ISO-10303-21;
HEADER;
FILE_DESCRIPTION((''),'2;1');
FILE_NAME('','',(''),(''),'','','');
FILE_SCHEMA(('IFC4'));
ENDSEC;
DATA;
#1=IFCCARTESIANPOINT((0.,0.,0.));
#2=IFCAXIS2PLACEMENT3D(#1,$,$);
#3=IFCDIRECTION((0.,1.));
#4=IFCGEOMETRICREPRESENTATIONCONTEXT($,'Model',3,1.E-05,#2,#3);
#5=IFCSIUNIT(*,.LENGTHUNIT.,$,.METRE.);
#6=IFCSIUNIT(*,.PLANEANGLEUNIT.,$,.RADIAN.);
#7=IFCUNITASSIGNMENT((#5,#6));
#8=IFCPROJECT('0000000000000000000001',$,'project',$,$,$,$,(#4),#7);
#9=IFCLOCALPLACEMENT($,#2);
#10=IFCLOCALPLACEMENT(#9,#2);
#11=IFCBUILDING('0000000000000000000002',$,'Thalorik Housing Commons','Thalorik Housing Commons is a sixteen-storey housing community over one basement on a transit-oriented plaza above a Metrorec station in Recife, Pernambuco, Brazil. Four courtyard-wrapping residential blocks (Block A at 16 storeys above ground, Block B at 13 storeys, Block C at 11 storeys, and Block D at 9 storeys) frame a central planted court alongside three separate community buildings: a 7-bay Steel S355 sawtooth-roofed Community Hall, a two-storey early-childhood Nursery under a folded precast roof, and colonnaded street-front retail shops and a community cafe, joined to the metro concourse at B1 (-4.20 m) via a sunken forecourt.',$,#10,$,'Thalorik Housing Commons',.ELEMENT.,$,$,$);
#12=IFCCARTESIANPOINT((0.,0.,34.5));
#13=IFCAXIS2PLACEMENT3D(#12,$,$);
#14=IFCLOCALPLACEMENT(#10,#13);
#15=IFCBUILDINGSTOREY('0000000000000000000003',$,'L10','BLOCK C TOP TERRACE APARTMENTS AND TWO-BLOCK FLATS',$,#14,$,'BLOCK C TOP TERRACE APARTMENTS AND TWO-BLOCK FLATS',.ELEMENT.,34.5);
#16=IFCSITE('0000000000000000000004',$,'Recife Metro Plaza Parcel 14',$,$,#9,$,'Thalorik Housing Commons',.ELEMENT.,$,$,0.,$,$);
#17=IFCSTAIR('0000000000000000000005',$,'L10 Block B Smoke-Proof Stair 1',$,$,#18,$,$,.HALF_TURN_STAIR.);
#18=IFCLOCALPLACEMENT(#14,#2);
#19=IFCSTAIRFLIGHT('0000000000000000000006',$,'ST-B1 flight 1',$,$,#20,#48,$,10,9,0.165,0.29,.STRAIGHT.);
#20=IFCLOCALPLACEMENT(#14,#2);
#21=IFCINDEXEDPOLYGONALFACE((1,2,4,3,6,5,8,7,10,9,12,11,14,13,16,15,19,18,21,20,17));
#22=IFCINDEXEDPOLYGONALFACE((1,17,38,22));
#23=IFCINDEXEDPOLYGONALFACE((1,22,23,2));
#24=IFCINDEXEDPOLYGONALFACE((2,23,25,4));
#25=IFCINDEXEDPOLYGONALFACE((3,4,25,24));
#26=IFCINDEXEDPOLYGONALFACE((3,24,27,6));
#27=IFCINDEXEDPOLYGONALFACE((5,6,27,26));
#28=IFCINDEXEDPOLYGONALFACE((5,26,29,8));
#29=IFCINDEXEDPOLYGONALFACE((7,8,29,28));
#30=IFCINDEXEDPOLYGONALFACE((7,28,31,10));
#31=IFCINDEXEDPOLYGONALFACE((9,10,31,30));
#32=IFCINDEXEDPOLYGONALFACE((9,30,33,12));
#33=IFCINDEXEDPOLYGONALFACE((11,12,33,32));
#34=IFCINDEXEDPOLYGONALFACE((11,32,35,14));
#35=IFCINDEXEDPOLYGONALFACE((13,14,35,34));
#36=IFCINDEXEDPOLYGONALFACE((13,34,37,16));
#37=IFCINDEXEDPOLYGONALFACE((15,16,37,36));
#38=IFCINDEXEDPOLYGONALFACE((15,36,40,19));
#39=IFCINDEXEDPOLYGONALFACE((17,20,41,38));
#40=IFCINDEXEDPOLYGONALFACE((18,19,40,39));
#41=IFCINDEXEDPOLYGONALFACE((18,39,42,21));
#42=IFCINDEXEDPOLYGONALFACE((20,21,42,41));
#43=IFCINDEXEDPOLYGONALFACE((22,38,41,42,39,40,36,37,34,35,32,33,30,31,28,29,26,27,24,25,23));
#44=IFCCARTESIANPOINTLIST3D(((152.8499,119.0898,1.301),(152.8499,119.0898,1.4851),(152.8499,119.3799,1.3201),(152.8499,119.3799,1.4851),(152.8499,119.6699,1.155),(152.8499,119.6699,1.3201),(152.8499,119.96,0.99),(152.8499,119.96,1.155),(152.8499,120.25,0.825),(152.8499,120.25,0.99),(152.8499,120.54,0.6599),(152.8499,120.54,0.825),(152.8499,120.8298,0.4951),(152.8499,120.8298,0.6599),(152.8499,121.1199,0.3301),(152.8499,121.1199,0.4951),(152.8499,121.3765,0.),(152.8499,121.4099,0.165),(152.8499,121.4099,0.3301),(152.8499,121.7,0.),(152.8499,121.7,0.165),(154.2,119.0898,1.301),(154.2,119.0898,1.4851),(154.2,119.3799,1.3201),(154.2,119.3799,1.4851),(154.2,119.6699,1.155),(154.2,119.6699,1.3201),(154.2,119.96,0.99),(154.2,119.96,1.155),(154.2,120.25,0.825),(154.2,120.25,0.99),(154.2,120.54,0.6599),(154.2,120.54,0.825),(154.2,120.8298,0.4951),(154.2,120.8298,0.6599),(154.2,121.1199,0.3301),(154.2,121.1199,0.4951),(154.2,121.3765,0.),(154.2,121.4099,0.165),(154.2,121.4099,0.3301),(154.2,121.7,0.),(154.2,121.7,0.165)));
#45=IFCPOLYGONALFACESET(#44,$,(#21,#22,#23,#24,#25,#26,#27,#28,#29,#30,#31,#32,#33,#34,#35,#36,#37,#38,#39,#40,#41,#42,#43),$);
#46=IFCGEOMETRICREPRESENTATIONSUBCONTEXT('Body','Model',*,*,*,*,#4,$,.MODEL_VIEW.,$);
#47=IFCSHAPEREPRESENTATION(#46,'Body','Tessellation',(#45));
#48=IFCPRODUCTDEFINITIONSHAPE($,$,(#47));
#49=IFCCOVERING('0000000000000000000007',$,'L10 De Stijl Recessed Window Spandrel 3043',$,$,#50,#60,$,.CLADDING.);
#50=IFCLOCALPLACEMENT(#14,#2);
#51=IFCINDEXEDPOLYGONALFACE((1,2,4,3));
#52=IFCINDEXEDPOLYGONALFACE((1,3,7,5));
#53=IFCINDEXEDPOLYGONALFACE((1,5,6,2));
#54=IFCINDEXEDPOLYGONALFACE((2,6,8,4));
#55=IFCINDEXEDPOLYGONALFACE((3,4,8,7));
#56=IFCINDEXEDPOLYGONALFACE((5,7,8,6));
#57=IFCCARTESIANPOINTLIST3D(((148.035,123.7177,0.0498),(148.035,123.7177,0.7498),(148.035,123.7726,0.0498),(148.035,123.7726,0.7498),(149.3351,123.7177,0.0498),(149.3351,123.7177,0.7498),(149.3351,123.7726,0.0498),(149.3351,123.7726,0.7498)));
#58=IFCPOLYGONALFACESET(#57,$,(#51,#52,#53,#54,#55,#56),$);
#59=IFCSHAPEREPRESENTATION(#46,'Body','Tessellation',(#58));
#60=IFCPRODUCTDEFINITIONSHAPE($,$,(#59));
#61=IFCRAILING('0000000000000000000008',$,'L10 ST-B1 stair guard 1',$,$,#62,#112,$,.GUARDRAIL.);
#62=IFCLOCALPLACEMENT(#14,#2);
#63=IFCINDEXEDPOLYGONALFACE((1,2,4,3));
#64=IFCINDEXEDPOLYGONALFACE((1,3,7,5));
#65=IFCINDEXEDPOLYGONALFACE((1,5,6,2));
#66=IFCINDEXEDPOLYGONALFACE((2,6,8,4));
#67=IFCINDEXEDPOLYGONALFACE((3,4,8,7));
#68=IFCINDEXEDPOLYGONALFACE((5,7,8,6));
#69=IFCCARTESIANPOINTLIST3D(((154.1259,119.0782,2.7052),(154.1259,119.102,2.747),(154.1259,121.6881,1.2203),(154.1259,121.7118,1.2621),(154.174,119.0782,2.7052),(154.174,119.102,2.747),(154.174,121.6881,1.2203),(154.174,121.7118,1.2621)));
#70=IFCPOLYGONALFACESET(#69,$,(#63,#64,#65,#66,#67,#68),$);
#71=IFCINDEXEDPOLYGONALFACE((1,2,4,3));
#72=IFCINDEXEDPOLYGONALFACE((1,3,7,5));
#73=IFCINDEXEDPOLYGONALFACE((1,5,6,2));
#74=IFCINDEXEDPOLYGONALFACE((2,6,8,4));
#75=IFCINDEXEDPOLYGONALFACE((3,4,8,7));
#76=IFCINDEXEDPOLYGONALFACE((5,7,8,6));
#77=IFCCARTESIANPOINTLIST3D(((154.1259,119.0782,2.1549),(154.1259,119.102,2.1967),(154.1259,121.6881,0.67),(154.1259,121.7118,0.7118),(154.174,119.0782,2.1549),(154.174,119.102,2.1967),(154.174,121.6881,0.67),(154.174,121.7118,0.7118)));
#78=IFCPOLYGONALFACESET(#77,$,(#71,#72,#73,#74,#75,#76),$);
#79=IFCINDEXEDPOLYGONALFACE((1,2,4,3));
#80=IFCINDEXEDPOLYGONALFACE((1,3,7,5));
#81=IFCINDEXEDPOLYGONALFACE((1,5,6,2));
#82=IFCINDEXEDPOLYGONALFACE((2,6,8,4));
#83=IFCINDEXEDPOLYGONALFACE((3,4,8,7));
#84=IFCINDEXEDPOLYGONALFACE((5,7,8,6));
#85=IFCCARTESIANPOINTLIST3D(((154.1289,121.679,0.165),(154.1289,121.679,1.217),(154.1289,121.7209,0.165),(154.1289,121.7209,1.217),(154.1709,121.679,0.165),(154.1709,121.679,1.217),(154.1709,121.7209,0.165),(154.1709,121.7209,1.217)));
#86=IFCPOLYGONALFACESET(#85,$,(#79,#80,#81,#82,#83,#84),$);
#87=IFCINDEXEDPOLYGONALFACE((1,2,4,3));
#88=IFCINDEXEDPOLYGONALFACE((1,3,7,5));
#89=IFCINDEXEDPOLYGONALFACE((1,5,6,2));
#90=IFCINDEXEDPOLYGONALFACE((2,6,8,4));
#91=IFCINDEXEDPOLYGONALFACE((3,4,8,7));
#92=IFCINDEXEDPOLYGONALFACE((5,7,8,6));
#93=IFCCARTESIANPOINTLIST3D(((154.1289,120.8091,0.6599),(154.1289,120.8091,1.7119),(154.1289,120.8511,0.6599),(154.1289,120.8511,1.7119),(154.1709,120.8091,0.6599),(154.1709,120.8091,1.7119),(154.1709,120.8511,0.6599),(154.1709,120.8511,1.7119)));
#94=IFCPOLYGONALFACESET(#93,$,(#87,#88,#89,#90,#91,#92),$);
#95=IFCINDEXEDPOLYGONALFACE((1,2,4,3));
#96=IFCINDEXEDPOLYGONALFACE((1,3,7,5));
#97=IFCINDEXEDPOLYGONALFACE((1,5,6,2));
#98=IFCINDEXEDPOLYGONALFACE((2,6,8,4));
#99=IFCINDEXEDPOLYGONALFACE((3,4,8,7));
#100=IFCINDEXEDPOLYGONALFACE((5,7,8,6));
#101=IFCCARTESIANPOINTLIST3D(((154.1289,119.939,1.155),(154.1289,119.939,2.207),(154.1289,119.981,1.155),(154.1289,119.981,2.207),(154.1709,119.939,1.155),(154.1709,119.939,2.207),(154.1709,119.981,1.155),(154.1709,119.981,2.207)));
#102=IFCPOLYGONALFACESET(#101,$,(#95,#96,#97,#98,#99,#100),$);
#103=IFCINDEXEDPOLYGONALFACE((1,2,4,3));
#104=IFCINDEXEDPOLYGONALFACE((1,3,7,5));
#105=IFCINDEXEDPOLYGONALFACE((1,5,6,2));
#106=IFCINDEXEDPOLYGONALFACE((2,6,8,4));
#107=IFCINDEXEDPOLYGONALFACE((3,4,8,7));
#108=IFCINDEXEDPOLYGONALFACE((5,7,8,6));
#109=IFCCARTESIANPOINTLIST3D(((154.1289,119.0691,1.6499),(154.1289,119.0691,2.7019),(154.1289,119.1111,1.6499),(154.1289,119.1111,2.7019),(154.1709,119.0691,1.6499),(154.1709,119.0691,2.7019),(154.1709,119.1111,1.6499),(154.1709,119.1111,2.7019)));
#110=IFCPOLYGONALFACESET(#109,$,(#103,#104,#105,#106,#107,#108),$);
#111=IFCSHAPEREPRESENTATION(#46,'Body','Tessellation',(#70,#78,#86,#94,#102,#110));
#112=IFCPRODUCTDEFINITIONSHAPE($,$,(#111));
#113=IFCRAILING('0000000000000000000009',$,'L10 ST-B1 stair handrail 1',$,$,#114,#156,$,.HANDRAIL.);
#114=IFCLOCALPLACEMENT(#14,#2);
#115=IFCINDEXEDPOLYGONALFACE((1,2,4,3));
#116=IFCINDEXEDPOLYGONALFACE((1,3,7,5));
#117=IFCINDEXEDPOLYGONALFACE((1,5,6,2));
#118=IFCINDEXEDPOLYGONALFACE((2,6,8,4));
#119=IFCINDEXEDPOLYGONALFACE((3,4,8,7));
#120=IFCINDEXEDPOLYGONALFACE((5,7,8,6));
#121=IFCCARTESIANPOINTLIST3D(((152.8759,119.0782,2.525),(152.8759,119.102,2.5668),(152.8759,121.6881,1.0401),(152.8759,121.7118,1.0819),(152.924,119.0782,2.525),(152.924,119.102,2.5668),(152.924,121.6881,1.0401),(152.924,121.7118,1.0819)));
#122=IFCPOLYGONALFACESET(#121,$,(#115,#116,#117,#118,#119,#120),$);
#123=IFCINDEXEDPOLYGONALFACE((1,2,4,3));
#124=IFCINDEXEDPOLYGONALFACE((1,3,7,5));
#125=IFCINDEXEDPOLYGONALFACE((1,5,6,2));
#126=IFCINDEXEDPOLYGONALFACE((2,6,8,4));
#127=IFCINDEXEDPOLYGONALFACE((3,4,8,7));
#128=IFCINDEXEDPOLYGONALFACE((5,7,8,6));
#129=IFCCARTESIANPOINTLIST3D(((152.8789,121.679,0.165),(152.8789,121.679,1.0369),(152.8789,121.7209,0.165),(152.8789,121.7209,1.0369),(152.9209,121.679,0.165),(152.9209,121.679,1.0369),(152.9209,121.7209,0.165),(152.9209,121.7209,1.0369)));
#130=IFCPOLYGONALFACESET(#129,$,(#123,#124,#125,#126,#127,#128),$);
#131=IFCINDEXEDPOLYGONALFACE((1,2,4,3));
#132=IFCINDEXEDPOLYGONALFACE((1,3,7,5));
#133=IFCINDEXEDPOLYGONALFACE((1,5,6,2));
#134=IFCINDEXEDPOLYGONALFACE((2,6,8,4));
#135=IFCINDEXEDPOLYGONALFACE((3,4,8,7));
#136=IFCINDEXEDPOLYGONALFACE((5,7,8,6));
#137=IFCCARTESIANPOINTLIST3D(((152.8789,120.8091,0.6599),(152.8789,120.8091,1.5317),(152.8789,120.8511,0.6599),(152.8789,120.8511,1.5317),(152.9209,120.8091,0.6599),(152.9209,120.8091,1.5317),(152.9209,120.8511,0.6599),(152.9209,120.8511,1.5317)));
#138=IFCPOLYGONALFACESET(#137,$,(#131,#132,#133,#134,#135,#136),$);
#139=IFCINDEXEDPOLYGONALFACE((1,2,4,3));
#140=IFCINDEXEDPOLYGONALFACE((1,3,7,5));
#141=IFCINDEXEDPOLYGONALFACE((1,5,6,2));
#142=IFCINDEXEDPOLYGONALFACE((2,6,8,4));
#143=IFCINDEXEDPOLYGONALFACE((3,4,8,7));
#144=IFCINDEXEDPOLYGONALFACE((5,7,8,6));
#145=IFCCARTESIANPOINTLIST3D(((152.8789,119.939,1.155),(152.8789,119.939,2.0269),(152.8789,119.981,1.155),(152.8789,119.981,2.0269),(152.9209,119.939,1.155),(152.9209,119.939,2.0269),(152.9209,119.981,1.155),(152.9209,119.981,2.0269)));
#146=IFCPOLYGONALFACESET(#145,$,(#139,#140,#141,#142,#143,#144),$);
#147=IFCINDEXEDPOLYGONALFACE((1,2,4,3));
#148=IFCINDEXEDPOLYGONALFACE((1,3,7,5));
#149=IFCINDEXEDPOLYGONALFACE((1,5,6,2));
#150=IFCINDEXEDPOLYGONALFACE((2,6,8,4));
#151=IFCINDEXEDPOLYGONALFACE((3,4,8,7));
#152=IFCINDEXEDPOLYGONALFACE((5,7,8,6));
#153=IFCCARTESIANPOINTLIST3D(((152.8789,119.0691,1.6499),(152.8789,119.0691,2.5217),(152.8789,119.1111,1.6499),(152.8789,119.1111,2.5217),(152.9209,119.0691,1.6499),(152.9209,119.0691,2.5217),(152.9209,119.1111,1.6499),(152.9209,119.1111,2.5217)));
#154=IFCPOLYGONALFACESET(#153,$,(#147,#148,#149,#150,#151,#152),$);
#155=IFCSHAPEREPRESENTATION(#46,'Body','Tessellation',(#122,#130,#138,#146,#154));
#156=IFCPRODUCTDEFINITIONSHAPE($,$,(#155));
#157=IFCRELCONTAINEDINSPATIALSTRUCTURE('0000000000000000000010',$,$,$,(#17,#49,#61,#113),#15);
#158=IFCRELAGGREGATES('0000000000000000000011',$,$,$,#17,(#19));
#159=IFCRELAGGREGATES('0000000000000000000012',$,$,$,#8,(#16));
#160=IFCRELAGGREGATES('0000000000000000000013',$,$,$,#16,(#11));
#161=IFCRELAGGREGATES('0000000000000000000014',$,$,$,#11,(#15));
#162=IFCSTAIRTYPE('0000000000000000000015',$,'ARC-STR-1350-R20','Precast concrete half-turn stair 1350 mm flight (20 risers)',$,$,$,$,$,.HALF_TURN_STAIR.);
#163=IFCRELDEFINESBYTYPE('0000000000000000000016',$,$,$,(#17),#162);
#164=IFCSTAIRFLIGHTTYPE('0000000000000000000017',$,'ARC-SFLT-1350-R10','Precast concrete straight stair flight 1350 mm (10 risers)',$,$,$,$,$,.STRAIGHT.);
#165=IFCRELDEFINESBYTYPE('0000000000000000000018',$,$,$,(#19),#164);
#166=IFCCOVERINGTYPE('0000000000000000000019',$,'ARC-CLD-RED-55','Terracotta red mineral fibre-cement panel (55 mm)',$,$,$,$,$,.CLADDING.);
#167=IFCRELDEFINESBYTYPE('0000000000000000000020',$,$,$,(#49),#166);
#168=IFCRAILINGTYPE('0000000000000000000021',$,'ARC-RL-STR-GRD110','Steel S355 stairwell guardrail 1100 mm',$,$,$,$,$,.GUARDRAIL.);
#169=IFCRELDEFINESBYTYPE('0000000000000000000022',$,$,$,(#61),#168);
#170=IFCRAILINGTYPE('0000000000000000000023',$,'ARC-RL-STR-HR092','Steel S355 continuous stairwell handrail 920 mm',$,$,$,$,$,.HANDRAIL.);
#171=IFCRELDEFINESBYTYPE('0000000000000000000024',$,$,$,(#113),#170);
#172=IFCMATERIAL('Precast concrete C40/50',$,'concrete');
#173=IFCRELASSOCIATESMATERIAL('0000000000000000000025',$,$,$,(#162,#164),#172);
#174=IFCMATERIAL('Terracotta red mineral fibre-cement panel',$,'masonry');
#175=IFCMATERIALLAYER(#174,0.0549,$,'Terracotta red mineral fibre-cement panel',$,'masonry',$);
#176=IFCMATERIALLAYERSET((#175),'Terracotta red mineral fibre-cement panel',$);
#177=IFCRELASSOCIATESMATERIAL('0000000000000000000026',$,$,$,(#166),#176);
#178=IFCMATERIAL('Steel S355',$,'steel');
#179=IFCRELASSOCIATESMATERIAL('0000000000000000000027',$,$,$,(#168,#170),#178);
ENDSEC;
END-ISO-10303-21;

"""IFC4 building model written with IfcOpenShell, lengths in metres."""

from ifc_helpers import new_model, si_unit, direction, frame, origin, origin_2d, place, context, subcontext, project, spatial, polyline, rectangle, outline, extrude, material, layer, layer_set, type_object, element, aggregate, save


model = new_model("IFC4")

# Units and contexts
model_context = context("Model", 3, precision=1e-05, world=origin(), true_north=direction((0.0, 1.0)))
body_context = subcontext(model_context, "Body", "Model", "MODEL_VIEW")
ifc_project = project(units=[si_unit("LENGTHUNIT", "METRE"), si_unit("PLANEANGLEUNIT", "RADIAN")], contexts=[model_context])

# Site, building, storey
site_placement = place(None, origin())
site = spatial("IfcSite", under=ifc_project, at=site_placement, Name="Recife Metro Plaza Parcel 14", LongName="Thalorik Housing Commons", CompositionType="ELEMENT", RefElevation=0.0)
building_placement = place(site_placement, origin())
building = spatial("IfcBuilding", under=site, at=building_placement, Name="Thalorik Housing Commons", Description="Thalorik Housing Commons is a sixteen-storey housing community over one basement on a transit-oriented plaza above a Metrorec station in Recife, Pernambuco, Brazil. Four courtyard-wrapping residential blocks (Block A at 16 storeys above ground, Block B at 13 storeys, Block C at 11 storeys, and Block D at 9 storeys) frame a central planted court alongside three separate community buildings: a 7-bay Steel S355 sawtooth-roofed Community Hall, a two-storey early-childhood Nursery under a folded precast roof, and colonnaded street-front retail shops and a community cafe, joined to the metro concourse at B1 (-4.20 m) via a sunken forecourt.", LongName="Thalorik Housing Commons", CompositionType="ELEMENT")
storey_placement = place(building_placement, frame((0.0, 0.0, 34.5)))
storey = spatial("IfcBuildingStorey", under=building, at=storey_placement, Name="L10", Description="BLOCK C TOP TERRACE APARTMENTS AND TWO-BLOCK FLATS", LongName="BLOCK C TOP TERRACE APARTMENTS AND TWO-BLOCK FLATS", CompositionType="ELEMENT", Elevation=34.5)

# Shared definitions
ifc_material_1 = material(Name="Precast concrete C40/50", Category="concrete")

# Shared definitions
ifc_material_2 = material(Name="Steel S355", Category="steel")

# Stair, stair flight
stair_type = type_object("IfcStairType", Name="ARC-STR-1350-R20", Description="Precast concrete half-turn stair 1350 mm flight (20 risers)", PredefinedType="HALF_TURN_STAIR", material=ifc_material_1)
stair_placement = place(storey_placement, origin())
stair = element("IfcStair", 1, at=stair_placement, inside=storey, type_object=stair_type, Name="L10 Block B Smoke-Proof Stair 1", PredefinedType="HALF_TURN_STAIR")
stair_flight_type = type_object("IfcStairFlightType", Name="ARC-SFLT-1350-R10", Description="Precast concrete straight stair flight 1350 mm (10 risers)", PredefinedType="STRAIGHT", material=ifc_material_1)
stair_flight_placement = place(storey_placement, frame((153.5249, 121.7, 0.0), z_axis=(0.0, 0.0, 1.0), x_axis=(0.0, -1.0, 0.0)))
stair_flight = element("IfcStairFlight", 2, at=stair_flight_placement, type_object=stair_flight_type, Name="ST-B1 flight 1", NumberOfRisers=10, NumberOfTreads=9, PredefinedType="STRAIGHT", RiserHeight=0.165, TreadLength=0.29, context=body_context, shape_type="SweptSolid", body=[
    extrude(outline(polyline([(0.0, 0.0), (0.0, 0.165), (0.29, 0.165), (0.29, 0.3301), (0.5801, 0.3301), (0.5801, 0.4951), (0.8701, 0.4951), (0.8701, 0.6599), (1.1599, 0.6599), (1.1599, 0.825), (1.45, 0.825), (1.45, 0.99), (1.74, 0.99), (1.74, 1.155), (2.03, 1.155), (2.03, 1.3201), (2.3201, 1.3201), (2.3201, 1.4851), (2.6101, 1.4851), (2.6101, 1.6499), (2.6101, 1.301), (0.3235, 0.0), (0.0, 0.0)])), frame((0.0, 0.675, 0.0), z_axis=(0.0, -1.0, 0.0), x_axis=(1.0, 0.0, 0.0)), (0.0, 0.0, 1.0), 1.3501),
])
aggregate(stair, [stair_flight])

# Covering
ifc_material_3 = material(Name="Terracotta red mineral fibre-cement panel", Category="masonry")
ifc_layer_1 = layer(ifc_material_3, 0.0549, Name="Terracotta red mineral fibre-cement panel", Category="masonry")
ifc_layer_set_1 = layer_set([ifc_layer_1], Name="Terracotta red mineral fibre-cement panel")
covering_type_1 = type_object("IfcCoveringType", Name="ARC-CLD-RED-55", Description="Terracotta red mineral fibre-cement panel (55 mm)", PredefinedType="CLADDING", material=ifc_layer_set_1)
covering_1_placement = place(storey_placement, frame((148.6851, 123.7451, 0.0498), z_axis=(0.0, 0.0, 1.0), x_axis=(-1.0, 0.0, 0.0)))
element("IfcCovering", 3, at=covering_1_placement, inside=storey, type_object=covering_type_1, Name="L10 De Stijl Recessed Window Spandrel 3043", PredefinedType="CLADDING", context=body_context, shape_type="SweptSolid", body=[
    extrude(rectangle(XDim=1.3, YDim=0.0549, at=origin_2d()), origin(), (0.0, 0.0, 1.0), 0.7),
])

# Railings
railing_type_1 = type_object("IfcRailingType", Name="ARC-RL-STR-GRD110", Description="Steel S355 stairwell guardrail 1100 mm", PredefinedType="GUARDRAIL", material=ifc_material_2)
railing_1_placement = place(storey_placement, frame((154.1499, 121.7, 0.165)))
element("IfcRailing", 4, at=railing_1_placement, inside=storey, type_object=railing_type_1, Name="L10 ST-B1 stair guard 1", PredefinedType="GUARDRAIL", context=body_context, shape_type="SweptSolid", body=[
    extrude(rectangle(XDim=0.0481, YDim=0.0481, at=origin_2d()), frame((0.0, 0.0, 1.0762), z_axis=(0.0, -0.869172, 0.494509), x_axis=(1.0, 0.0, 0.0)), (0.0, 0.0, 1.0), 3.0027),
    extrude(rectangle(XDim=0.0481, YDim=0.0481, at=origin_2d()), frame((0.0, 0.0, 0.5259), z_axis=(0.0, -0.869172, 0.494509), x_axis=(1.0, 0.0, 0.0)), (0.0, 0.0, 1.0), 3.0027),
    extrude(rectangle(XDim=0.042, YDim=0.042, at=origin_2d()), origin(), (0.0, 0.0, 1.0), 1.052),
    extrude(rectangle(XDim=0.042, YDim=0.042, at=origin_2d()), frame((0.0, -0.8699, 0.4949)), (0.0, 0.0, 1.0), 1.052),
    extrude(rectangle(XDim=0.042, YDim=0.042, at=origin_2d()), frame((0.0, -1.74, 0.99)), (0.0, 0.0, 1.0), 1.052),
    extrude(rectangle(XDim=0.042, YDim=0.042, at=origin_2d()), frame((0.0, -2.6099, 1.4849)), (0.0, 0.0, 1.0), 1.052),
])
railing_type_2 = type_object("IfcRailingType", Name="ARC-RL-STR-HR092", Description="Steel S355 continuous stairwell handrail 920 mm", PredefinedType="HANDRAIL", material=ifc_material_2)
railing_2_placement = place(storey_placement, frame((152.8999, 121.7, 0.165)))
element("IfcRailing", 5, at=railing_2_placement, inside=storey, type_object=railing_type_2, Name="L10 ST-B1 stair handrail 1", PredefinedType="HANDRAIL", context=body_context, shape_type="SweptSolid", body=[
    extrude(rectangle(XDim=0.0481, YDim=0.0481, at=origin_2d()), frame((0.0, 0.0, 0.896), z_axis=(0.0, -0.869172, 0.494509), x_axis=(1.0, 0.0, 0.0)), (0.0, 0.0, 1.0), 3.0027),
    extrude(rectangle(XDim=0.042, YDim=0.042, at=origin_2d()), origin(), (0.0, 0.0, 1.0), 0.8718),
    extrude(rectangle(XDim=0.042, YDim=0.042, at=origin_2d()), frame((0.0, -0.8699, 0.4949)), (0.0, 0.0, 1.0), 0.8718),
    extrude(rectangle(XDim=0.042, YDim=0.042, at=origin_2d()), frame((0.0, -1.74, 0.99)), (0.0, 0.0, 1.0), 0.8718),
    extrude(rectangle(XDim=0.042, YDim=0.042, at=origin_2d()), frame((0.0, -2.6099, 1.4849)), (0.0, 0.0, 1.0), 0.8718),
])

save(model, "model.ifc")
